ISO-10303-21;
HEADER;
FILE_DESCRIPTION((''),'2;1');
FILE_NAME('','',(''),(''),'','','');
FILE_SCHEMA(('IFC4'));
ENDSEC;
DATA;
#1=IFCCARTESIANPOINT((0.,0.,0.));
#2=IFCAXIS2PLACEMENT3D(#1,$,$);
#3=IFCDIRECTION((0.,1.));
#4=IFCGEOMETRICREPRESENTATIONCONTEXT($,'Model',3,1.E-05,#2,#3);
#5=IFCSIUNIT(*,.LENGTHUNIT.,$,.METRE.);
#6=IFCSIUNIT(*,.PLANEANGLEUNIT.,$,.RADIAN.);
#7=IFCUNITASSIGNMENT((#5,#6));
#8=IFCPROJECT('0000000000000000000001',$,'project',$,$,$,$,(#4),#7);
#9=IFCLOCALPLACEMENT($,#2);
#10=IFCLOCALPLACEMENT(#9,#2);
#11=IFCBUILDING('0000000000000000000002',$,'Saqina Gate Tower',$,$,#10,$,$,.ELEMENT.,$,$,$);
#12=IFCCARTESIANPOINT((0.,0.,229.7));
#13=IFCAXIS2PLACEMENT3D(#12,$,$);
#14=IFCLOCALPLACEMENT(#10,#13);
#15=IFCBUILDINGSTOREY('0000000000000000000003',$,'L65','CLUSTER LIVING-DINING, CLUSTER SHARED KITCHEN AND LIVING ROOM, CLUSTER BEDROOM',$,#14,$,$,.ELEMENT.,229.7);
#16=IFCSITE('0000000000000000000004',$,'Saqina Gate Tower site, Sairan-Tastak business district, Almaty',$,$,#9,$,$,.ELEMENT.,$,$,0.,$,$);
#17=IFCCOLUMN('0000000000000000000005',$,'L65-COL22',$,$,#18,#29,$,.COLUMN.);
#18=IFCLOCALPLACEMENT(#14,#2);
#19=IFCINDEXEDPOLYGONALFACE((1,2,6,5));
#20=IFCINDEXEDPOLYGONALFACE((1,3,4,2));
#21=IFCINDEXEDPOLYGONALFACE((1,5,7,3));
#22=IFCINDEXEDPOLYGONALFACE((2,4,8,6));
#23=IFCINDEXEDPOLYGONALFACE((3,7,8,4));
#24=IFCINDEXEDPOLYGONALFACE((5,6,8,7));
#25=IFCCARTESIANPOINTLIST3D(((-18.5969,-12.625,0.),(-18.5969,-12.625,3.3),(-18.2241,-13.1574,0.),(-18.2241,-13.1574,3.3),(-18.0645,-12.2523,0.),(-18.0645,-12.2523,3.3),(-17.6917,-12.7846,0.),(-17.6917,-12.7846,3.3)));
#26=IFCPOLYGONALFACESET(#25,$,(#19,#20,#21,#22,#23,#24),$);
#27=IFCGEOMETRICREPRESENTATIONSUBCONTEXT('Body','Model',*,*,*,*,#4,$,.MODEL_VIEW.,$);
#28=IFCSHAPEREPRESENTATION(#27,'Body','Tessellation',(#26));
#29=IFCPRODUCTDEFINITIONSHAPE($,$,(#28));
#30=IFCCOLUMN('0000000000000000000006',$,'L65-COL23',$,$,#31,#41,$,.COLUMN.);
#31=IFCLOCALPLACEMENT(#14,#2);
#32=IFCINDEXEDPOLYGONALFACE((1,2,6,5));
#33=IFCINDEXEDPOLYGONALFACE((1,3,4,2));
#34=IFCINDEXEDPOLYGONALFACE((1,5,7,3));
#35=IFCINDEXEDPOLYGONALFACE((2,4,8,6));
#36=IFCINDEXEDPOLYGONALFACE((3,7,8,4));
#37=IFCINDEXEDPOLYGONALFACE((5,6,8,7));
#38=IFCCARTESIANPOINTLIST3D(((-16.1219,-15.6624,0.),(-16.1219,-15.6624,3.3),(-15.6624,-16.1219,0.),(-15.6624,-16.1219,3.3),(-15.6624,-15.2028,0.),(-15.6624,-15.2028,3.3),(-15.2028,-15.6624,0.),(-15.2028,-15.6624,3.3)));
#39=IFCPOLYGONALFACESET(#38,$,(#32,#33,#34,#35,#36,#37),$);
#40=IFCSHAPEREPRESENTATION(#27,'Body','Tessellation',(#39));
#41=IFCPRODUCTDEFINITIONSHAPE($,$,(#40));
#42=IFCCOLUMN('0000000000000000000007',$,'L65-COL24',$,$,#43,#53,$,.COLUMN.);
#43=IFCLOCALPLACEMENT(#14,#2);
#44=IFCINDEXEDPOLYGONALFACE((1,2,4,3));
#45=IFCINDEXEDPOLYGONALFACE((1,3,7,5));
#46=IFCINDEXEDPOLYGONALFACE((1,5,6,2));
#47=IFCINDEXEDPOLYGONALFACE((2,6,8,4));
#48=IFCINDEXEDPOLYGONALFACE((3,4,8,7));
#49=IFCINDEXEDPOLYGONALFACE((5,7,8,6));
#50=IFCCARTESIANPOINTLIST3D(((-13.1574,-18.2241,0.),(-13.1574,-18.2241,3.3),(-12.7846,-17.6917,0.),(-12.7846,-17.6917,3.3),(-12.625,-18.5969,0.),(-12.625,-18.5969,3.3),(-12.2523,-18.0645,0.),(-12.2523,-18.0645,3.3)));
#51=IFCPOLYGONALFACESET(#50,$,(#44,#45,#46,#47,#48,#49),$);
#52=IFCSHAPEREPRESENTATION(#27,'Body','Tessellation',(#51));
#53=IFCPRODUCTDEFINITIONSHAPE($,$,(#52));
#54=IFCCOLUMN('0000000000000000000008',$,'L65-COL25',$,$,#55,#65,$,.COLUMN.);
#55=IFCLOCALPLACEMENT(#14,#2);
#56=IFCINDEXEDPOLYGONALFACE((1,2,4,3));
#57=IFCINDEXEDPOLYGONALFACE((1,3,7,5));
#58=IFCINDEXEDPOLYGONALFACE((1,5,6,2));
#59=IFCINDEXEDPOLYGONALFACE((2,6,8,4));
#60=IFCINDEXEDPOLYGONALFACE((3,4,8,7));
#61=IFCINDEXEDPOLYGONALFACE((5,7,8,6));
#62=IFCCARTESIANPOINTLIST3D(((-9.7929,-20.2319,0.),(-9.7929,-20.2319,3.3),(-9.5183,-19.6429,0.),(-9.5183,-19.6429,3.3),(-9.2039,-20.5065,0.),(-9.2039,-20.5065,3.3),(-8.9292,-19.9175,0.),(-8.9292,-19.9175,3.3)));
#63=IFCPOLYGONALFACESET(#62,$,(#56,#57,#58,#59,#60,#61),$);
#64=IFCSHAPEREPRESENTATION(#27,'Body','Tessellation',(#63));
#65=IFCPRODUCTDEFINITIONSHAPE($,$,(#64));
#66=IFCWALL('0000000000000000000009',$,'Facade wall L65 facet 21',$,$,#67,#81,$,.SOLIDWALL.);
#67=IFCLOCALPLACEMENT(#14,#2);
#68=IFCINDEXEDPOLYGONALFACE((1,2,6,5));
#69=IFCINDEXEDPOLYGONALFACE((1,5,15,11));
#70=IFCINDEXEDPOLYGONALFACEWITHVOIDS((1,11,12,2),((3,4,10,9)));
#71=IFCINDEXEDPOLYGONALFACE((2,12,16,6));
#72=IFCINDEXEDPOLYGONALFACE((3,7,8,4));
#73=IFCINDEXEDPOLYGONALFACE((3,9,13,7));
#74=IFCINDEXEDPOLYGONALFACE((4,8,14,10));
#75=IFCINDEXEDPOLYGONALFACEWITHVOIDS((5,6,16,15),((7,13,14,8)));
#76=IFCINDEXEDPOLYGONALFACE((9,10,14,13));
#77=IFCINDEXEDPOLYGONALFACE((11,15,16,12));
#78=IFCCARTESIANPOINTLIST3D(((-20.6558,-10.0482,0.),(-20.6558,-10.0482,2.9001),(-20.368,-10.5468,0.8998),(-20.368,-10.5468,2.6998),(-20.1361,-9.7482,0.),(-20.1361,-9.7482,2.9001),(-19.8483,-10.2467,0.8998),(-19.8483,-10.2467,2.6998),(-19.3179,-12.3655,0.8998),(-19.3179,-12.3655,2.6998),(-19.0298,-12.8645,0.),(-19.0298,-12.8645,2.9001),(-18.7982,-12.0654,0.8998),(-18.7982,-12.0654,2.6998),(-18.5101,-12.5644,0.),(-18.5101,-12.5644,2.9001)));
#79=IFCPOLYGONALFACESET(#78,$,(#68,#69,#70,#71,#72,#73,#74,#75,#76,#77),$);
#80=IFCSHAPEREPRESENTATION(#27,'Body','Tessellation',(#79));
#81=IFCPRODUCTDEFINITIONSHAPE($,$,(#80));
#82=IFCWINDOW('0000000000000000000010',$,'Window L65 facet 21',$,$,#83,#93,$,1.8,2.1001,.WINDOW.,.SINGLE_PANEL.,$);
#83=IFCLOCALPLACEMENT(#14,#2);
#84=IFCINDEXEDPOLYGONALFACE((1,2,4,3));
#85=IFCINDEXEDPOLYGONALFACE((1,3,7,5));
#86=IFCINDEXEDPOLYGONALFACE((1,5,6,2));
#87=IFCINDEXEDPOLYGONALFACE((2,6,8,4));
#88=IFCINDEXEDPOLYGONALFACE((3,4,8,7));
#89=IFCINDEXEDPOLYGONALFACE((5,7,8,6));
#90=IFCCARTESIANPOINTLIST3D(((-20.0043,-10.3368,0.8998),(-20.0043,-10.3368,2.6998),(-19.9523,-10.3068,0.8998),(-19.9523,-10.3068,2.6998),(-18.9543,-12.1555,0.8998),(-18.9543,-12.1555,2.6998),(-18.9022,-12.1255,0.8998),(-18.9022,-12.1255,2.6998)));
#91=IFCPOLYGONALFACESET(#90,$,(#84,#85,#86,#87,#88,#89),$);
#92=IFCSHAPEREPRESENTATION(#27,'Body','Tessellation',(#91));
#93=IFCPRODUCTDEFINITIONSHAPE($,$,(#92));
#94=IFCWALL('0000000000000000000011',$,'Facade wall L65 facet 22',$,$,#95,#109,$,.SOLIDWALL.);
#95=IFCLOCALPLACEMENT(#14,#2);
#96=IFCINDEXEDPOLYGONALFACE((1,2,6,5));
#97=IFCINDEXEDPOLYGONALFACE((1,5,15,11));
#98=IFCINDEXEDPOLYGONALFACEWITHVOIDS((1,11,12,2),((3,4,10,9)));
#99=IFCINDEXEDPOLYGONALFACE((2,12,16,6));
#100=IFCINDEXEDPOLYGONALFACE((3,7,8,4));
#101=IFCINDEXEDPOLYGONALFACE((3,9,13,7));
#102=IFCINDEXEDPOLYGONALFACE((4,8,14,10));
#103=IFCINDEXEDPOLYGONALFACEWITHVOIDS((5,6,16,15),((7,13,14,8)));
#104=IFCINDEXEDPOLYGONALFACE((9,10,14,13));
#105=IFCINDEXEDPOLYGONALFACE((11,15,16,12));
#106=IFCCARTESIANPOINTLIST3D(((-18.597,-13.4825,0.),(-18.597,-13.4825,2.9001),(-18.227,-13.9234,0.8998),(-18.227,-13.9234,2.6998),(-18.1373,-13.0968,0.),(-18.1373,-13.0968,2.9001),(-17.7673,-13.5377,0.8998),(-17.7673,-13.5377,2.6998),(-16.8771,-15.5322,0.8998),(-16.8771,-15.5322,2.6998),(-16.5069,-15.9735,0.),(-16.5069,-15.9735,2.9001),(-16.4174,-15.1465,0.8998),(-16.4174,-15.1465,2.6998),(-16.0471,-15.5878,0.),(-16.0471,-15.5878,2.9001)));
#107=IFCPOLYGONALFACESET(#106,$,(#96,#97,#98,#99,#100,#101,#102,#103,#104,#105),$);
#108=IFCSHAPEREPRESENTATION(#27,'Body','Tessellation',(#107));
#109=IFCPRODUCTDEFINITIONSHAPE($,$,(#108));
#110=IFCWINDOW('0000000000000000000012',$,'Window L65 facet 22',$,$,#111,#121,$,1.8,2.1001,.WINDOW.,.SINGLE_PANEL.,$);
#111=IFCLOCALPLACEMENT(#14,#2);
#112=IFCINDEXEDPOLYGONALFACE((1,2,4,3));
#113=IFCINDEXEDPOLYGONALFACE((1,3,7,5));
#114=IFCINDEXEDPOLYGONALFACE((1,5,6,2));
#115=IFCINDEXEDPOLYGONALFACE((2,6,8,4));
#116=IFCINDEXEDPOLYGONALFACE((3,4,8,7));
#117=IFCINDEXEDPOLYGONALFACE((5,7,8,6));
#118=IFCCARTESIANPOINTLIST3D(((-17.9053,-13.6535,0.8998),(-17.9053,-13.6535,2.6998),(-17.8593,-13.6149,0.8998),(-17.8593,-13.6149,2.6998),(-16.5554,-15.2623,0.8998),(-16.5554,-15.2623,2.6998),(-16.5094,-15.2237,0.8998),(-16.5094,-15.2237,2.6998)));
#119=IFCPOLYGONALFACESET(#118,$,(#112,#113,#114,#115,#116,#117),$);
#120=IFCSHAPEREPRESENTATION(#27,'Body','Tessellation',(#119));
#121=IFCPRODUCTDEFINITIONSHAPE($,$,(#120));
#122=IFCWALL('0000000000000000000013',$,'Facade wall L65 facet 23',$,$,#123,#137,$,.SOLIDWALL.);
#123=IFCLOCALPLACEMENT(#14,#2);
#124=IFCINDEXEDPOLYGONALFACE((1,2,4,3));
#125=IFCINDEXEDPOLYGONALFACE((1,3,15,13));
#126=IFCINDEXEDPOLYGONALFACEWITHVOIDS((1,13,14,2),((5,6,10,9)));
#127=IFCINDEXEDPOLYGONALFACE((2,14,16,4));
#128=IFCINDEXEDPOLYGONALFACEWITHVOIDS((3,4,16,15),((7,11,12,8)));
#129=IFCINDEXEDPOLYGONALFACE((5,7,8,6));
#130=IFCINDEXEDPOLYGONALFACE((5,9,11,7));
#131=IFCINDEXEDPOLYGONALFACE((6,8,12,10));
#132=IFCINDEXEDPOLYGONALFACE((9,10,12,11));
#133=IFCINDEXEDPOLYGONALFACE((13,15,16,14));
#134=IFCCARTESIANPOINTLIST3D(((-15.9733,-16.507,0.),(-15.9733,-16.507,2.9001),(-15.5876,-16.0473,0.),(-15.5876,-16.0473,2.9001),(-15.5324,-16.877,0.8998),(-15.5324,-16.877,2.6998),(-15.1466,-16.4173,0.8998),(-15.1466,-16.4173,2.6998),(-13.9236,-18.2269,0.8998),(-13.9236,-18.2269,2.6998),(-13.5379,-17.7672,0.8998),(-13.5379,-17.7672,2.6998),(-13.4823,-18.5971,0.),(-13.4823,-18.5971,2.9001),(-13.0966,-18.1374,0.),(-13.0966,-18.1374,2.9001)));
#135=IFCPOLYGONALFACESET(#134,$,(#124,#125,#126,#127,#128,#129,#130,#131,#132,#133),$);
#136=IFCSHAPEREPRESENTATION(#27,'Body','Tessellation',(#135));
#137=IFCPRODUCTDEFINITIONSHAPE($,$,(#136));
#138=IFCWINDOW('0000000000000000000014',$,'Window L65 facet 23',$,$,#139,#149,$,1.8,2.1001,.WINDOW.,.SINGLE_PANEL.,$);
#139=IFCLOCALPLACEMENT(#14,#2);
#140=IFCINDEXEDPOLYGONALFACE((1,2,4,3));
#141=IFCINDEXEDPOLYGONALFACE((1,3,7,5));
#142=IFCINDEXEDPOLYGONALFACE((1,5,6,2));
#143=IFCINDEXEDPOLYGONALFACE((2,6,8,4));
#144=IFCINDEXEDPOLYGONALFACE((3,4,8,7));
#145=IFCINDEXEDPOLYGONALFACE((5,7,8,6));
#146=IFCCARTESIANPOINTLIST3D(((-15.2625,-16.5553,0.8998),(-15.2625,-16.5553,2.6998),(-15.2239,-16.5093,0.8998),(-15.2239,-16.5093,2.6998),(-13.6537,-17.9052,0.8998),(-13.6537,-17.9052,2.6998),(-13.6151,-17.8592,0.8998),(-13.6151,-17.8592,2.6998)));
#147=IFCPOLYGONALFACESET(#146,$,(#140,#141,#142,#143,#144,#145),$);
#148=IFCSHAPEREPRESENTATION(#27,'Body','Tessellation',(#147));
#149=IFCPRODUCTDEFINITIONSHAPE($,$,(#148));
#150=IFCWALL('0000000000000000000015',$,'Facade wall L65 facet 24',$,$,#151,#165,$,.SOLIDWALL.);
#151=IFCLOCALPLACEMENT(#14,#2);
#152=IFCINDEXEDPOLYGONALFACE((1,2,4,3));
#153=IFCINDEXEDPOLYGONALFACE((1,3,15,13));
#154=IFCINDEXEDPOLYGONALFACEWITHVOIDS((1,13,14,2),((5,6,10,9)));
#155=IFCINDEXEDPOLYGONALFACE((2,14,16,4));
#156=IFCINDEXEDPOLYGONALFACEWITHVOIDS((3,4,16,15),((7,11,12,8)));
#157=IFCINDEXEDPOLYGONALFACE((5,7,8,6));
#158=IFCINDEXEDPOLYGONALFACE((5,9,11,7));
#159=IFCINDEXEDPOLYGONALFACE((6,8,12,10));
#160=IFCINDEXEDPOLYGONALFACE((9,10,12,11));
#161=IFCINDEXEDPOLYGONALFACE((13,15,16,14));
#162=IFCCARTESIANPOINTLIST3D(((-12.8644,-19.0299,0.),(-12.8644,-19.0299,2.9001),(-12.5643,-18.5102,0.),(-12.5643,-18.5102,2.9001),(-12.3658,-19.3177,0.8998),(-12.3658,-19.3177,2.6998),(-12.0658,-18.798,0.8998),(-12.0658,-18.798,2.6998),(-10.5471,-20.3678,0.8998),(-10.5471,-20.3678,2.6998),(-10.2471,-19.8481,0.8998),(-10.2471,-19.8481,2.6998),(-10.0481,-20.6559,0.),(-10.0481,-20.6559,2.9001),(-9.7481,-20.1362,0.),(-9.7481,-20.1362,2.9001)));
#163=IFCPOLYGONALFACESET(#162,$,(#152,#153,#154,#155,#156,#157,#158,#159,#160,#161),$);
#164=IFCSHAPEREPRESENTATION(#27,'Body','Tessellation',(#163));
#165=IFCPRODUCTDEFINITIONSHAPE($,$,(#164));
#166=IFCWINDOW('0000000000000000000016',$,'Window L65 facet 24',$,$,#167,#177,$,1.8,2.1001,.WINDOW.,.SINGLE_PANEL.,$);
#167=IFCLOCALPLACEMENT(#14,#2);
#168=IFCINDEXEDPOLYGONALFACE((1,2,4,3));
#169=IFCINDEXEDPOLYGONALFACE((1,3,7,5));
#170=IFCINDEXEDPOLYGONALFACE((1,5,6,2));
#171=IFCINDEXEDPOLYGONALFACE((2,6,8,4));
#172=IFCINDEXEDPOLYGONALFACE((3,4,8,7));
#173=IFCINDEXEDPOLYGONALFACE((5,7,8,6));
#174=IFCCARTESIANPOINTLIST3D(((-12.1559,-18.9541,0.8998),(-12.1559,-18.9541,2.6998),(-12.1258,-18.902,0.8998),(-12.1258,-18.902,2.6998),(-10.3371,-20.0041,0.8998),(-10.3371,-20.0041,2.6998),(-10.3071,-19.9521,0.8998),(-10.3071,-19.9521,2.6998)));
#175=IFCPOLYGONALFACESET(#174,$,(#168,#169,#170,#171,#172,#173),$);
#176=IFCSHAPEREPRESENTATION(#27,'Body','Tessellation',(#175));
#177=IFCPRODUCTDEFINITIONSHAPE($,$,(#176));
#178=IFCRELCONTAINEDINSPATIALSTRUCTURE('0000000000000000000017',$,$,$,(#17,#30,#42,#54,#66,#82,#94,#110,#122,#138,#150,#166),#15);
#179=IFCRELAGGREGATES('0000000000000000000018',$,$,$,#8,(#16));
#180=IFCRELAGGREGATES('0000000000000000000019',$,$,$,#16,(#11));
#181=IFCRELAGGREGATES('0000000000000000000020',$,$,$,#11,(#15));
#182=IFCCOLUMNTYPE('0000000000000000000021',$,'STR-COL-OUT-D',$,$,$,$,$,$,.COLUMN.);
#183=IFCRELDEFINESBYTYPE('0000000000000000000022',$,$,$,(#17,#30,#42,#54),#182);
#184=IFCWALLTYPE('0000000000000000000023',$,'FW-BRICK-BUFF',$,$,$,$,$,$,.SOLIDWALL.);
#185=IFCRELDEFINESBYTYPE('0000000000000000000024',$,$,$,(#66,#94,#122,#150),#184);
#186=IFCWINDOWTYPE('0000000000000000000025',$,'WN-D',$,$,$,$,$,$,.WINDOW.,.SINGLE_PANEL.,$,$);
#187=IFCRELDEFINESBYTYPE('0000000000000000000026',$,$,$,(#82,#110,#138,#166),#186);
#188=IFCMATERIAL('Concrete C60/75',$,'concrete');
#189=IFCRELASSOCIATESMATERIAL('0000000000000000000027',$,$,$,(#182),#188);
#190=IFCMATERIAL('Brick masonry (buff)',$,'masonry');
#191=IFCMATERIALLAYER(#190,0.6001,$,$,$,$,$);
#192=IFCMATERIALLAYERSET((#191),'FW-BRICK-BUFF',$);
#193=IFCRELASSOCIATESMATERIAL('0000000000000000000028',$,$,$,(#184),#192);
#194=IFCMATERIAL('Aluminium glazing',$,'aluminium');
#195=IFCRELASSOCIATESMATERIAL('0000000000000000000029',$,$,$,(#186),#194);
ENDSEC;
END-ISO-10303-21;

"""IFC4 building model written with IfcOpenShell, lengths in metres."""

from ifc_helpers import new_model, si_unit, direction, frame, frame_2d, origin, origin_2d, place, context, subcontext, project, spatial, rectangle, extrude, material, layer, layer_set, material_profile, profile_set, type_object, element, fill, save


model = new_model("IFC4")

# Units and contexts
model_context = context("Model", 3, precision=1e-05, world=origin(), true_north=direction((0.0, 1.0)))
body_context = subcontext(model_context, "Body", "Model", "MODEL_VIEW")
ifc_project = project(units=[si_unit("LENGTHUNIT", "METRE"), si_unit("PLANEANGLEUNIT", "RADIAN")], contexts=[model_context])

# Site, building, storey
site_placement = place(None, origin())
site = spatial("IfcSite", under=ifc_project, at=site_placement, Name="Saqina Gate Tower site, Sairan-Tastak business district, Almaty", CompositionType="ELEMENT", RefElevation=0.0)
building_placement = place(site_placement, origin())
building = spatial("IfcBuilding", under=site, at=building_placement, Name="Saqina Gate Tower", CompositionType="ELEMENT")
storey_placement = place(building_placement, frame((0.0, 0.0, 229.7)))
storey = spatial("IfcBuildingStorey", under=building, at=storey_placement, Name="L65", Description="CLUSTER LIVING-DINING, CLUSTER SHARED KITCHEN AND LIVING ROOM, CLUSTER BEDROOM", CompositionType="ELEMENT", Elevation=229.7)

# Columns
ifc_material_1 = material(Name="Concrete C60/75", Category="concrete")
ifc_material_profile = material_profile(ifc_material_1, rectangle(XDim=0.6499, YDim=0.6499, at=origin_2d()), Name="RC 650x650")
ifc_profile_set = profile_set([ifc_material_profile], Name="Concrete C60/75")
column_type = type_object("IfcColumnType", Name="STR-COL-OUT-D", PredefinedType="COLUMN", material=ifc_profile_set)
for number, where, z_axis, x_axis, name in (
    (1, (-18.1443, -12.7048, 0.0), (0.0, 0.0, 1.0), (-0.819152, -0.573576, 0.0), "L65-COL22"),
    (2, (-15.6624, -15.6624, 0.0), (0.0, 0.0, 1.0), (-0.707107, -0.707107, 0.0), "L65-COL23"),
    (3, (-12.7048, -18.1443, 0.0), (0.0, 0.0, 1.0), (-0.573576, -0.819152, 0.0), "L65-COL24"),
    (4, (-9.3611, -20.0747, 0.0), (0.0, 0.0, 1.0), (-0.422618, -0.906308, 0.0), "L65-COL25"),
):
    element("IfcColumn", number, at=place(storey_placement, frame(where, z_axis=z_axis, x_axis=x_axis)), inside=storey, type_object=column_type, Name=name, PredefinedType="COLUMN", context=body_context, shape_type="SweptSolid", body=[
        extrude(rectangle(XDim=0.6499, YDim=0.6499, at=origin_2d()), origin(), (0.0, 0.0, 1.0), 3.3),
    ])

# Walls, openings, windows
ifc_material_2 = material(Name="Brick masonry (buff)", Category="masonry")
ifc_layer_1 = layer(ifc_material_2, 0.6001)
ifc_layer_set_1 = layer_set([ifc_layer_1], Name="FW-BRICK-BUFF")
wall_type_1 = type_object("IfcWallType", Name="FW-BRICK-BUFF", PredefinedType="SOLIDWALL", material=ifc_layer_set_1)
wall_1_placement = place(storey_placement, frame((-20.396, -9.8982, 0.0), z_axis=(0.0, 0.0, 1.0), x_axis=(0.500015, -0.866017, 0.0)))
wall_1 = element("IfcWall", 5, at=wall_1_placement, inside=storey, type_object=wall_type_1, Name="Facade wall L65 facet 21", PredefinedType="SOLIDWALL", context=body_context, shape_type="SweptSolid", body=[
    extrude(rectangle(XDim=3.252, YDim=0.6001, at=frame_2d((1.626, 0.0))), origin(), (0.0, 0.0, 1.0), 2.9001),
])
opening_1_placement = place(wall_1_placement, frame((0.5757, 0.0, 0.8999)))
opening_1 = element("IfcOpeningElement", 6, at=opening_1_placement, cuts=wall_1, PredefinedType="OPENING", context=body_context, shape_type="SweptSolid", body=[
    extrude(rectangle(XDim=2.1001, YDim=1.8, at=frame_2d((1.05, 0.8999))), frame((0.0, 0.312, 0.0), z_axis=(0.0, -1.0, 0.0), x_axis=(1.0, 0.0, 0.0)), (0.0, 0.0, 1.0), 0.624),
])
ifc_material_3 = material(Name="Aluminium glazing", Category="aluminium")
window_type = type_object("IfcWindowType", Name="WN-D", PartitioningType="SINGLE_PANEL", PredefinedType="WINDOW", material=ifc_material_3)
window_1_placement = place(opening_1_placement, origin())
window_1 = element("IfcWindow", 7, at=window_1_placement, inside=storey, type_object=window_type, Name="Window L65 facet 21", OverallHeight=1.8, OverallWidth=2.1001, PartitioningType="SINGLE_PANEL", PredefinedType="WINDOW", context=body_context, shape_type="SweptSolid", body=[
    extrude(rectangle(XDim=2.1001, YDim=1.8, at=frame_2d((1.05, 0.8999))), frame((0.0, 0.1799, 0.0), z_axis=(0.0, -1.0, 0.0), x_axis=(1.0, 0.0, 0.0)), (0.0, 0.0, 1.0), 0.0601),
])
fill(opening_1, window_1)
wall_2_placement = place(storey_placement, frame((-18.3672, -13.2896, 0.0), z_axis=(0.0, 0.0, 1.0), x_axis=(0.642773, -0.766057, 0.0)))
wall_2 = element("IfcWall", 8, at=wall_2_placement, inside=storey, type_object=wall_type_1, Name="Facade wall L65 facet 22", PredefinedType="SOLIDWALL", context=body_context, shape_type="SweptSolid", body=[
    extrude(rectangle(XDim=3.2517, YDim=0.6001, at=frame_2d((1.626, 0.0))), origin(), (0.0, 0.0, 1.0), 2.9001),
])
opening_2_placement = place(wall_2_placement, frame((0.5757, 0.0, 0.8999)))
opening_2 = element("IfcOpeningElement", 9, at=opening_2_placement, cuts=wall_2, PredefinedType="OPENING", context=body_context, shape_type="SweptSolid", body=[
    extrude(rectangle(XDim=2.1001, YDim=1.8, at=frame_2d((1.05, 0.8999))), frame((0.0, 0.312, 0.0), z_axis=(0.0, -1.0, 0.0), x_axis=(1.0, 0.0, 0.0)), (0.0, 0.0, 1.0), 0.624),
])
window_2_placement = place(opening_2_placement, origin())
window_2 = element("IfcWindow", 10, at=window_2_placement, inside=storey, type_object=window_type, Name="Window L65 facet 22", OverallHeight=1.8, OverallWidth=2.1001, PartitioningType="SINGLE_PANEL", PredefinedType="WINDOW", context=body_context, shape_type="SweptSolid", body=[
    extrude(rectangle(XDim=2.1001, YDim=1.8, at=frame_2d((1.05, 0.8999))), frame((0.0, 0.1799, 0.0), z_axis=(0.0, -1.0, 0.0), x_axis=(1.0, 0.0, 0.0)), (0.0, 0.0, 1.0), 0.0601),
])
fill(opening_2, window_2)
wall_3_placement = place(storey_placement, frame((-15.7805, -16.2771, 0.0), z_axis=(0.0, 0.0, 1.0), x_axis=(0.766057, -0.642773, 0.0)))
wall_3 = element("IfcWall", 11, at=wall_3_placement, inside=storey, type_object=wall_type_1, Name="Facade wall L65 facet 23", PredefinedType="SOLIDWALL", context=body_context, shape_type="SweptSolid", body=[
    extrude(rectangle(XDim=3.2517, YDim=0.6001, at=frame_2d((1.626, 0.0))), origin(), (0.0, 0.0, 1.0), 2.9001),
])
opening_3_placement = place(wall_3_placement, frame((0.5757, 0.0, 0.8999)))
opening_3 = element("IfcOpeningElement", 12, at=opening_3_placement, cuts=wall_3, PredefinedType="OPENING", context=body_context, shape_type="SweptSolid", body=[
    extrude(rectangle(XDim=2.1001, YDim=1.8, at=frame_2d((1.05, 0.8999))), frame((0.0, 0.312, 0.0), z_axis=(0.0, -1.0, 0.0), x_axis=(1.0, 0.0, 0.0)), (0.0, 0.0, 1.0), 0.624),
])
window_3_placement = place(opening_3_placement, origin())
window_3 = element("IfcWindow", 13, at=window_3_placement, inside=storey, type_object=window_type, Name="Window L65 facet 23", OverallHeight=1.8, OverallWidth=2.1001, PartitioningType="SINGLE_PANEL", PredefinedType="WINDOW", context=body_context, shape_type="SweptSolid", body=[
    extrude(rectangle(XDim=2.1001, YDim=1.8, at=frame_2d((1.05, 0.8999))), frame((0.0, 0.1799, 0.0), z_axis=(0.0, -1.0, 0.0), x_axis=(1.0, 0.0, 0.0)), (0.0, 0.0, 1.0), 0.0601),
])
fill(opening_3, window_3)
wall_4_placement = place(storey_placement, frame((-12.7144, -18.77, 0.0), z_axis=(0.0, 0.0, 1.0), x_axis=(0.866017, -0.500015, 0.0)))
wall_4 = element("IfcWall", 14, at=wall_4_placement, inside=storey, type_object=wall_type_1, Name="Facade wall L65 facet 24", PredefinedType="SOLIDWALL", context=body_context, shape_type="SweptSolid", body=[
    extrude(rectangle(XDim=3.252, YDim=0.6001, at=frame_2d((1.626, 0.0))), origin(), (0.0, 0.0, 1.0), 2.9001),
])
opening_4_placement = place(wall_4_placement, frame((0.5757, 0.0, 0.8999)))
opening_4 = element("IfcOpeningElement", 15, at=opening_4_placement, cuts=wall_4, PredefinedType="OPENING", context=body_context, shape_type="SweptSolid", body=[
    extrude(rectangle(XDim=2.1001, YDim=1.8, at=frame_2d((1.05, 0.8999))), frame((0.0, 0.312, 0.0), z_axis=(0.0, -1.0, 0.0), x_axis=(1.0, 0.0, 0.0)), (0.0, 0.0, 1.0), 0.624),
])
window_4_placement = place(opening_4_placement, origin())
window_4 = element("IfcWindow", 16, at=window_4_placement, inside=storey, type_object=window_type, Name="Window L65 facet 24", OverallHeight=1.8, OverallWidth=2.1001, PartitioningType="SINGLE_PANEL", PredefinedType="WINDOW", context=body_context, shape_type="SweptSolid", body=[
    extrude(rectangle(XDim=2.1001, YDim=1.8, at=frame_2d((1.05, 0.8999))), frame((0.0, 0.1799, 0.0), z_axis=(0.0, -1.0, 0.0), x_axis=(1.0, 0.0, 0.0)), (0.0, 0.0, 1.0), 0.0601),
])
fill(opening_4, window_4)

save(model, "model.ifc")
